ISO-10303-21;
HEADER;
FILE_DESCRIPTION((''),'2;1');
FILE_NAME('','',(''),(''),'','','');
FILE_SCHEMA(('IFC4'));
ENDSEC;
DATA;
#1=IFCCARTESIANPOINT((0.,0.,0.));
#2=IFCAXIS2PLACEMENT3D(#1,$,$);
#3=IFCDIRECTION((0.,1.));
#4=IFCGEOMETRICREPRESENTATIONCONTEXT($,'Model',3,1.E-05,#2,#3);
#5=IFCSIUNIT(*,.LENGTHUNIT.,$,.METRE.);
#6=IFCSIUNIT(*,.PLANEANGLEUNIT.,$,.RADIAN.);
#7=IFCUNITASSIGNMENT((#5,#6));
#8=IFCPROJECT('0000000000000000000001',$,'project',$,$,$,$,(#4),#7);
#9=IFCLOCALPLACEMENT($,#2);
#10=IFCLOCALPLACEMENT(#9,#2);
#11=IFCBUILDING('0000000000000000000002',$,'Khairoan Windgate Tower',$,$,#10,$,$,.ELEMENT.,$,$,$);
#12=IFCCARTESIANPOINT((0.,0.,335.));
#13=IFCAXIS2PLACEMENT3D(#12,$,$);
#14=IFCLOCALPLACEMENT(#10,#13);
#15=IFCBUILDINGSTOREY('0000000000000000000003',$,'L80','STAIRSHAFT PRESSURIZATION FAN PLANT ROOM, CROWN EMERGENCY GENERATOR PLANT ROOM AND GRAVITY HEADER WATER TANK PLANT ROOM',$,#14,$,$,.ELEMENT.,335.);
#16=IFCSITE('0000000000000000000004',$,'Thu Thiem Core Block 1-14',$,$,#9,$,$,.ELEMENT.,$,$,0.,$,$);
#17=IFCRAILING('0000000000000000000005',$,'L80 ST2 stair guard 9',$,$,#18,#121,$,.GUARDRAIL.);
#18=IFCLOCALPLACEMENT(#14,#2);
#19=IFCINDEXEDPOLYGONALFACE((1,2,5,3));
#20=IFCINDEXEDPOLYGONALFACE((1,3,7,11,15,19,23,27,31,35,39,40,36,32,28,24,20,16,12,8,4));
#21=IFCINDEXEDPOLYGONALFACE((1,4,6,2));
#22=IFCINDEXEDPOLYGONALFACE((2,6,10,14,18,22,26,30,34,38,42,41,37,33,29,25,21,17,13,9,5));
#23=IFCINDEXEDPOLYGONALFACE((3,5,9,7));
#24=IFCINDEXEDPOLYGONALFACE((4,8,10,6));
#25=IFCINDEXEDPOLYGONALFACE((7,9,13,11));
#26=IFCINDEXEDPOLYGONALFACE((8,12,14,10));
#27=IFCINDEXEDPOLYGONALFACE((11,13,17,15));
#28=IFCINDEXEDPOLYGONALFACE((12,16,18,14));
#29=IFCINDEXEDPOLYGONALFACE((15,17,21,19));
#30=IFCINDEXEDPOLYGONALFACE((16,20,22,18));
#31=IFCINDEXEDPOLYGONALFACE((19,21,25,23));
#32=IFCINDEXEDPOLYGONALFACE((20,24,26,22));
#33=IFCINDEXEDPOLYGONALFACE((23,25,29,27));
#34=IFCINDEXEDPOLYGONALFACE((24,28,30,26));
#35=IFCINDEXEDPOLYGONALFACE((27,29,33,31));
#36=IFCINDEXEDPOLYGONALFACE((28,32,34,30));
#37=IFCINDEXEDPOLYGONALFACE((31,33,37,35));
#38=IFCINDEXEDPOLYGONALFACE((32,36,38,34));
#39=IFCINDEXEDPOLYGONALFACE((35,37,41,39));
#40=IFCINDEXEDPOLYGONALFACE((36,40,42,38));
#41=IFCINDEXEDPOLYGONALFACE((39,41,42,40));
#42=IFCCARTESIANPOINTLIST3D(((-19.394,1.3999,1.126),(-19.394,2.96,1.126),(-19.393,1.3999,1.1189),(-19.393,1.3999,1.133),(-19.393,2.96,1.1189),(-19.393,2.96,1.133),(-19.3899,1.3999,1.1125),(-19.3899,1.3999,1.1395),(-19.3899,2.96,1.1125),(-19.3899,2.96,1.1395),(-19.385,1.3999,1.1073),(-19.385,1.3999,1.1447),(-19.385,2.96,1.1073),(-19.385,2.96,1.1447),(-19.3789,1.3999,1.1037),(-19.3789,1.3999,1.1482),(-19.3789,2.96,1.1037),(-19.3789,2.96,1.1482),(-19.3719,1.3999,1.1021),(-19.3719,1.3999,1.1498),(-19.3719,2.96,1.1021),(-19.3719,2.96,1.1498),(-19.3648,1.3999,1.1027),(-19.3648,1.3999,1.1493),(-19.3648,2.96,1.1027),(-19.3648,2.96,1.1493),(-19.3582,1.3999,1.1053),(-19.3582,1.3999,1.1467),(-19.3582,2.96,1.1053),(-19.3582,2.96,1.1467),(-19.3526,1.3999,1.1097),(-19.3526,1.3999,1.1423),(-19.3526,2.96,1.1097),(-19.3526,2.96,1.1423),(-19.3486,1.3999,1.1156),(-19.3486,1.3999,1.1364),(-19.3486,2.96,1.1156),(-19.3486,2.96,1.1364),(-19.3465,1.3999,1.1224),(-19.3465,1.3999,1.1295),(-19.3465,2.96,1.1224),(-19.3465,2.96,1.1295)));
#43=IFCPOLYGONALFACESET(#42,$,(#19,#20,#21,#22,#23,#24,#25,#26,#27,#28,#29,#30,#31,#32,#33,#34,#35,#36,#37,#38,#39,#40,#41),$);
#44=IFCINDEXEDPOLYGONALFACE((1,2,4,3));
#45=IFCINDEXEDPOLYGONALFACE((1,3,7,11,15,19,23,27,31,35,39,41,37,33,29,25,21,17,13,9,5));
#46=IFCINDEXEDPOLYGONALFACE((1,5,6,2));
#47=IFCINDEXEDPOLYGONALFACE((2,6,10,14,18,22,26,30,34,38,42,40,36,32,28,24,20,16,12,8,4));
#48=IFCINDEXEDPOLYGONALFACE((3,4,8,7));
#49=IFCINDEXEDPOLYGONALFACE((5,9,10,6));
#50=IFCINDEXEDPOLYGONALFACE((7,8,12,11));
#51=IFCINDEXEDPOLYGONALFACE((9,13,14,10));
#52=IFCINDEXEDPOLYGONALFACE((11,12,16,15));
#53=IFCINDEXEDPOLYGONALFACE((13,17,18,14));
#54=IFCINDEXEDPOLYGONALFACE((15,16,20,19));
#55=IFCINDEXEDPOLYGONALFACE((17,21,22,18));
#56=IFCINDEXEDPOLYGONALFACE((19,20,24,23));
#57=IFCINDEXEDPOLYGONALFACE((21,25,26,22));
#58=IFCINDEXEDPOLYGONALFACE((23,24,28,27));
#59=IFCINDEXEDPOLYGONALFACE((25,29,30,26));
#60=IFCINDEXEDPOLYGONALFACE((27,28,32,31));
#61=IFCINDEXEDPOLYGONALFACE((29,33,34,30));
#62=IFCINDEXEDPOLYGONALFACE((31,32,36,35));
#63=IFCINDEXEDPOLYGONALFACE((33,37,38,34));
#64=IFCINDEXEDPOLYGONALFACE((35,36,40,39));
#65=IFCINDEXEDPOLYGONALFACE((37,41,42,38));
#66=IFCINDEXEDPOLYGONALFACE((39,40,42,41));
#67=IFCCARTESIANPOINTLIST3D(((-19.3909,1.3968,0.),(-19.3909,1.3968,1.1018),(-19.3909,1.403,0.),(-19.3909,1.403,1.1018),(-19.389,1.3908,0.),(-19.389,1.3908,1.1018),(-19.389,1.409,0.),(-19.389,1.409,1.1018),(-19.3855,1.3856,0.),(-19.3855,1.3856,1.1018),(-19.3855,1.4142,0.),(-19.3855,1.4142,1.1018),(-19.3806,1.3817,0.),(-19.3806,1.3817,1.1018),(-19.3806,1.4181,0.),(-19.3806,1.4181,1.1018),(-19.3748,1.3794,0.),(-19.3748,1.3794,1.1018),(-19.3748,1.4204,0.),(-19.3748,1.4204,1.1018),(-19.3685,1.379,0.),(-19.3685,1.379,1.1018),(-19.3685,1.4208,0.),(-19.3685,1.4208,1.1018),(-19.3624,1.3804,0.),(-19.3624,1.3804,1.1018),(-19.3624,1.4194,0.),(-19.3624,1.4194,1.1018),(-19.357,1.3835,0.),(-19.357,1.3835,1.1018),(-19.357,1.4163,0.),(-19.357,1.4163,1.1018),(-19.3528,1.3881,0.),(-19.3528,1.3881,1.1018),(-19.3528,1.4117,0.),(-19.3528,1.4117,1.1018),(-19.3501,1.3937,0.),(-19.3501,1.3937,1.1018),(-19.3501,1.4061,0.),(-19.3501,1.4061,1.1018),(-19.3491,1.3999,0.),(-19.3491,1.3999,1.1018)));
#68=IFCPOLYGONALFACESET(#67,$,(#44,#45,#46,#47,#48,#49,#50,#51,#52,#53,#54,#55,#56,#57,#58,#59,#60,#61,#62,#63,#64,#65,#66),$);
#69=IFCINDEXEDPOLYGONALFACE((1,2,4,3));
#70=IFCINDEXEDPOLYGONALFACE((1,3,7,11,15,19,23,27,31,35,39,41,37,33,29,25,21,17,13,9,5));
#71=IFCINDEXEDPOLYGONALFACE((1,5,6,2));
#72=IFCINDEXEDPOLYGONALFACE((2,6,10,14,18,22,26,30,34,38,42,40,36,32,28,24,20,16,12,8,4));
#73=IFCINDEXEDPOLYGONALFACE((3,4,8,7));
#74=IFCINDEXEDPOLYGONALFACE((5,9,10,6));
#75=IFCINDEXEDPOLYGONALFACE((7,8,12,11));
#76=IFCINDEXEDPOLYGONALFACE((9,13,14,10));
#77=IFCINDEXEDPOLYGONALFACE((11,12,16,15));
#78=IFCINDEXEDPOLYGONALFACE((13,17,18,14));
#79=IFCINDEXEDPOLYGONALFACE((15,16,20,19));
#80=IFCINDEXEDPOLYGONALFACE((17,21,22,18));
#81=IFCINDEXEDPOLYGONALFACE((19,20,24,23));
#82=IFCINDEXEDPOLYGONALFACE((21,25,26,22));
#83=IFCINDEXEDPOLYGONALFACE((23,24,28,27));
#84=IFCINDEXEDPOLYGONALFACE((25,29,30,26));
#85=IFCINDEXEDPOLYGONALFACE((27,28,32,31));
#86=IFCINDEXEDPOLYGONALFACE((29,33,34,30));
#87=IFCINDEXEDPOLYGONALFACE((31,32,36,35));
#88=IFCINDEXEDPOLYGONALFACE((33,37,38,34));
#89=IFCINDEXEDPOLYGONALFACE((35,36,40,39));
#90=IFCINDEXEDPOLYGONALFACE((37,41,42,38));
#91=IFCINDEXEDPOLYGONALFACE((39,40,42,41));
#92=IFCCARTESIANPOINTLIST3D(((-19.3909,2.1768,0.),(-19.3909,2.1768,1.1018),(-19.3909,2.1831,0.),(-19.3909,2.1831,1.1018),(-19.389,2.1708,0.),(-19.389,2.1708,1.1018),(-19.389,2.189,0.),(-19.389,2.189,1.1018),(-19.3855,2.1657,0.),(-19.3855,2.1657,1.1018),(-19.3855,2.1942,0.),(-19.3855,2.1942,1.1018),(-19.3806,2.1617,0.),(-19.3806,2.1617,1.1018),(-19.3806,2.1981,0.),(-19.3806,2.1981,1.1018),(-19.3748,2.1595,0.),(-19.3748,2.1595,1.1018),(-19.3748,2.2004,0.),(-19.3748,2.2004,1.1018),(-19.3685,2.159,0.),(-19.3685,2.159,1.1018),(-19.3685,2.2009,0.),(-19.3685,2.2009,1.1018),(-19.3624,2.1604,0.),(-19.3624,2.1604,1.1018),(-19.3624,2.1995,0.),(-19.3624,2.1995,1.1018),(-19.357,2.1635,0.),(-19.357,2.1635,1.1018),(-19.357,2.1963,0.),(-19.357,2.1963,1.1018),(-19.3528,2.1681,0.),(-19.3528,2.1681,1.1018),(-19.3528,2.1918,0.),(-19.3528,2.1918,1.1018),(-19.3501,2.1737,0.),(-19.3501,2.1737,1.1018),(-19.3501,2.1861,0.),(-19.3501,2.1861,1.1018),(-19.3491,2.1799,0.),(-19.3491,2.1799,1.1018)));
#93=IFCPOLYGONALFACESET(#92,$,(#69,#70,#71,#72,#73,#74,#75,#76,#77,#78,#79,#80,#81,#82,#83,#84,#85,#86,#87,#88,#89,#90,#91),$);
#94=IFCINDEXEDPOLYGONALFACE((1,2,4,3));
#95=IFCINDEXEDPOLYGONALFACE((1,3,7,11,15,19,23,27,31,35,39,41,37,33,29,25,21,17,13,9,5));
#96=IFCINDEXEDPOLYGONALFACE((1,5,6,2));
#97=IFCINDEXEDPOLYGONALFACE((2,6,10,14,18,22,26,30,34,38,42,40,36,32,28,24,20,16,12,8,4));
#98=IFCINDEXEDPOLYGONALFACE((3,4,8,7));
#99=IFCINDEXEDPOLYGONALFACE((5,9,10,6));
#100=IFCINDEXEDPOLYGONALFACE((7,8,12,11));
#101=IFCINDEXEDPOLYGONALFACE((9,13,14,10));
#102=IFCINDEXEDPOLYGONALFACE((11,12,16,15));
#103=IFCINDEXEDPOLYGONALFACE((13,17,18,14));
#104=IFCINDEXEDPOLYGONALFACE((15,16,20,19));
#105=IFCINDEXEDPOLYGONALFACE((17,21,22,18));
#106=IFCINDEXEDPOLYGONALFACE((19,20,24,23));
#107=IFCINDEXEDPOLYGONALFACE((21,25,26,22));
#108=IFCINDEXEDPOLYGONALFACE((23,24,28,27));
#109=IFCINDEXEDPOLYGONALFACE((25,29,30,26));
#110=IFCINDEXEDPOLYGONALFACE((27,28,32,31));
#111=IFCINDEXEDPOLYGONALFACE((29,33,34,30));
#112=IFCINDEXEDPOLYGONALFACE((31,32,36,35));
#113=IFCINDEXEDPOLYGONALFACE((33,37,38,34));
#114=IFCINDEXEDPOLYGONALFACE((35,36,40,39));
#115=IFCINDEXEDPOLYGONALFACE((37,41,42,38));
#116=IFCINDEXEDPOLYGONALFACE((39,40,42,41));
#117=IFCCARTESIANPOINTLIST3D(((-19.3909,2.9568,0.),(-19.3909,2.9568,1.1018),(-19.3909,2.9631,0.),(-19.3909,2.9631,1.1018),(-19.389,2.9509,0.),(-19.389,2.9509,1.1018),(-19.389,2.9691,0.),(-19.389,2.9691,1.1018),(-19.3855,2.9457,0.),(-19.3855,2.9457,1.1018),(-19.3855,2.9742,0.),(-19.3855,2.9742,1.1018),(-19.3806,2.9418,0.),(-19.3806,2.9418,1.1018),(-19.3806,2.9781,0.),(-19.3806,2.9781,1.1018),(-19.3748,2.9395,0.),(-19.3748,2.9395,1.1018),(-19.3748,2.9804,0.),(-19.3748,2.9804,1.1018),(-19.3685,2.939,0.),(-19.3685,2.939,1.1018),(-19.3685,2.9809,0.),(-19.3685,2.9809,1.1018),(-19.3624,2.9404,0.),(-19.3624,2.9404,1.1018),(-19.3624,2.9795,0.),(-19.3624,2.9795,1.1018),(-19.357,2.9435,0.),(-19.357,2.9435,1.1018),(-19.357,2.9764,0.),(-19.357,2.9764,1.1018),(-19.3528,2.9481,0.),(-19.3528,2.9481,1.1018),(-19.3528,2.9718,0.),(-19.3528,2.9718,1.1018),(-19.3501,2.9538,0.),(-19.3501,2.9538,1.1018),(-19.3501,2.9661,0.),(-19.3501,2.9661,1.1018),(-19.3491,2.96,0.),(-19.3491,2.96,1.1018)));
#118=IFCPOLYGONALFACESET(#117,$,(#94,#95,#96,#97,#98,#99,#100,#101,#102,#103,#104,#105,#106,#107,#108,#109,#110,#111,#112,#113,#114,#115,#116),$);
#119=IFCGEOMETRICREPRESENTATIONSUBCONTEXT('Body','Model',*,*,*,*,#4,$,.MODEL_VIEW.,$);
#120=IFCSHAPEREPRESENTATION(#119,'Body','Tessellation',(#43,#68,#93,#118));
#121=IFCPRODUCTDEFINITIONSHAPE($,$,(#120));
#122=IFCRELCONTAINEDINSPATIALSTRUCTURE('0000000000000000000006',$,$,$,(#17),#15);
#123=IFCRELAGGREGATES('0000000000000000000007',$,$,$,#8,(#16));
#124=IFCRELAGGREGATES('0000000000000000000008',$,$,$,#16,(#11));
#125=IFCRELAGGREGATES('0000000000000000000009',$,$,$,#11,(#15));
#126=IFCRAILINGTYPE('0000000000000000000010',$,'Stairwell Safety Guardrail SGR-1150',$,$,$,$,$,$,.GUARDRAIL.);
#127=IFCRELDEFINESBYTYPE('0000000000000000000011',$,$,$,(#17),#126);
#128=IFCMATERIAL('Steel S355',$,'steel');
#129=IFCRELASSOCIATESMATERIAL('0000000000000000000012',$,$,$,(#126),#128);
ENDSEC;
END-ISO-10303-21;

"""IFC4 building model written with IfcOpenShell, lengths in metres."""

from ifc_helpers import new_model, si_unit, direction, frame, origin, origin_2d, place, context, subcontext, project, spatial, circle, extrude, material, type_object, element, save


model = new_model("IFC4")

# Units and contexts
model_context = context("Model", 3, precision=1e-05, world=origin(), true_north=direction((0.0, 1.0)))
body_context = subcontext(model_context, "Body", "Model", "MODEL_VIEW")
ifc_project = project(units=[si_unit("LENGTHUNIT", "METRE"), si_unit("PLANEANGLEUNIT", "RADIAN")], contexts=[model_context])

# Site, building, storey
site_placement = place(None, origin())
site = spatial("IfcSite", under=ifc_project, at=site_placement, Name="Thu Thiem Core Block 1-14", CompositionType="ELEMENT", RefElevation=0.0)
building_placement = place(site_placement, origin())
building = spatial("IfcBuilding", under=site, at=building_placement, Name="Khairoan Windgate Tower", CompositionType="ELEMENT")
storey_placement = place(building_placement, frame((0.0, 0.0, 335.0)))
storey = spatial("IfcBuildingStorey", under=building, at=storey_placement, Name="L80", Description="STAIRSHAFT PRESSURIZATION FAN PLANT ROOM, CROWN EMERGENCY GENERATOR PLANT ROOM AND GRAVITY HEADER WATER TANK PLANT ROOM", CompositionType="ELEMENT", Elevation=335.0)

# Railing
ifc_material_1 = material(Name="Steel S355", Category="steel")
railing_type_1 = type_object("IfcRailingType", Name="Stairwell Safety Guardrail SGR-1150", PredefinedType="GUARDRAIL", material=ifc_material_1)
for number, where, name in (
    (1, (-19.3701, 1.3999, 0.0), "L80 ST2 stair guard 9"),
):
    element("IfcRailing", number, at=place(storey_placement, frame(where)), inside=storey, type_object=railing_type_1, Name=name, PredefinedType="GUARDRAIL", context=body_context, shape_type="SweptSolid", body=[
        extrude(circle(Radius=0.0239, at=origin_2d()), frame((0.0, 0.0, 1.126), z_axis=(0.0, 1.0, 0.0), x_axis=(-1.0, 0.0, 0.0)), (0.0, 0.0, 1.0), 1.5601),
        extrude(circle(Radius=0.021, at=origin_2d()), origin(), (0.0, 0.0, 1.0), 1.1018),
        extrude(circle(Radius=0.021, at=origin_2d()), frame((0.0, 0.78, 0.0)), (0.0, 0.0, 1.0), 1.1018),
        extrude(circle(Radius=0.021, at=origin_2d()), frame((0.0, 1.5601, 0.0)), (0.0, 0.0, 1.0), 1.1018),
    ])

save(model, "model.ifc")
